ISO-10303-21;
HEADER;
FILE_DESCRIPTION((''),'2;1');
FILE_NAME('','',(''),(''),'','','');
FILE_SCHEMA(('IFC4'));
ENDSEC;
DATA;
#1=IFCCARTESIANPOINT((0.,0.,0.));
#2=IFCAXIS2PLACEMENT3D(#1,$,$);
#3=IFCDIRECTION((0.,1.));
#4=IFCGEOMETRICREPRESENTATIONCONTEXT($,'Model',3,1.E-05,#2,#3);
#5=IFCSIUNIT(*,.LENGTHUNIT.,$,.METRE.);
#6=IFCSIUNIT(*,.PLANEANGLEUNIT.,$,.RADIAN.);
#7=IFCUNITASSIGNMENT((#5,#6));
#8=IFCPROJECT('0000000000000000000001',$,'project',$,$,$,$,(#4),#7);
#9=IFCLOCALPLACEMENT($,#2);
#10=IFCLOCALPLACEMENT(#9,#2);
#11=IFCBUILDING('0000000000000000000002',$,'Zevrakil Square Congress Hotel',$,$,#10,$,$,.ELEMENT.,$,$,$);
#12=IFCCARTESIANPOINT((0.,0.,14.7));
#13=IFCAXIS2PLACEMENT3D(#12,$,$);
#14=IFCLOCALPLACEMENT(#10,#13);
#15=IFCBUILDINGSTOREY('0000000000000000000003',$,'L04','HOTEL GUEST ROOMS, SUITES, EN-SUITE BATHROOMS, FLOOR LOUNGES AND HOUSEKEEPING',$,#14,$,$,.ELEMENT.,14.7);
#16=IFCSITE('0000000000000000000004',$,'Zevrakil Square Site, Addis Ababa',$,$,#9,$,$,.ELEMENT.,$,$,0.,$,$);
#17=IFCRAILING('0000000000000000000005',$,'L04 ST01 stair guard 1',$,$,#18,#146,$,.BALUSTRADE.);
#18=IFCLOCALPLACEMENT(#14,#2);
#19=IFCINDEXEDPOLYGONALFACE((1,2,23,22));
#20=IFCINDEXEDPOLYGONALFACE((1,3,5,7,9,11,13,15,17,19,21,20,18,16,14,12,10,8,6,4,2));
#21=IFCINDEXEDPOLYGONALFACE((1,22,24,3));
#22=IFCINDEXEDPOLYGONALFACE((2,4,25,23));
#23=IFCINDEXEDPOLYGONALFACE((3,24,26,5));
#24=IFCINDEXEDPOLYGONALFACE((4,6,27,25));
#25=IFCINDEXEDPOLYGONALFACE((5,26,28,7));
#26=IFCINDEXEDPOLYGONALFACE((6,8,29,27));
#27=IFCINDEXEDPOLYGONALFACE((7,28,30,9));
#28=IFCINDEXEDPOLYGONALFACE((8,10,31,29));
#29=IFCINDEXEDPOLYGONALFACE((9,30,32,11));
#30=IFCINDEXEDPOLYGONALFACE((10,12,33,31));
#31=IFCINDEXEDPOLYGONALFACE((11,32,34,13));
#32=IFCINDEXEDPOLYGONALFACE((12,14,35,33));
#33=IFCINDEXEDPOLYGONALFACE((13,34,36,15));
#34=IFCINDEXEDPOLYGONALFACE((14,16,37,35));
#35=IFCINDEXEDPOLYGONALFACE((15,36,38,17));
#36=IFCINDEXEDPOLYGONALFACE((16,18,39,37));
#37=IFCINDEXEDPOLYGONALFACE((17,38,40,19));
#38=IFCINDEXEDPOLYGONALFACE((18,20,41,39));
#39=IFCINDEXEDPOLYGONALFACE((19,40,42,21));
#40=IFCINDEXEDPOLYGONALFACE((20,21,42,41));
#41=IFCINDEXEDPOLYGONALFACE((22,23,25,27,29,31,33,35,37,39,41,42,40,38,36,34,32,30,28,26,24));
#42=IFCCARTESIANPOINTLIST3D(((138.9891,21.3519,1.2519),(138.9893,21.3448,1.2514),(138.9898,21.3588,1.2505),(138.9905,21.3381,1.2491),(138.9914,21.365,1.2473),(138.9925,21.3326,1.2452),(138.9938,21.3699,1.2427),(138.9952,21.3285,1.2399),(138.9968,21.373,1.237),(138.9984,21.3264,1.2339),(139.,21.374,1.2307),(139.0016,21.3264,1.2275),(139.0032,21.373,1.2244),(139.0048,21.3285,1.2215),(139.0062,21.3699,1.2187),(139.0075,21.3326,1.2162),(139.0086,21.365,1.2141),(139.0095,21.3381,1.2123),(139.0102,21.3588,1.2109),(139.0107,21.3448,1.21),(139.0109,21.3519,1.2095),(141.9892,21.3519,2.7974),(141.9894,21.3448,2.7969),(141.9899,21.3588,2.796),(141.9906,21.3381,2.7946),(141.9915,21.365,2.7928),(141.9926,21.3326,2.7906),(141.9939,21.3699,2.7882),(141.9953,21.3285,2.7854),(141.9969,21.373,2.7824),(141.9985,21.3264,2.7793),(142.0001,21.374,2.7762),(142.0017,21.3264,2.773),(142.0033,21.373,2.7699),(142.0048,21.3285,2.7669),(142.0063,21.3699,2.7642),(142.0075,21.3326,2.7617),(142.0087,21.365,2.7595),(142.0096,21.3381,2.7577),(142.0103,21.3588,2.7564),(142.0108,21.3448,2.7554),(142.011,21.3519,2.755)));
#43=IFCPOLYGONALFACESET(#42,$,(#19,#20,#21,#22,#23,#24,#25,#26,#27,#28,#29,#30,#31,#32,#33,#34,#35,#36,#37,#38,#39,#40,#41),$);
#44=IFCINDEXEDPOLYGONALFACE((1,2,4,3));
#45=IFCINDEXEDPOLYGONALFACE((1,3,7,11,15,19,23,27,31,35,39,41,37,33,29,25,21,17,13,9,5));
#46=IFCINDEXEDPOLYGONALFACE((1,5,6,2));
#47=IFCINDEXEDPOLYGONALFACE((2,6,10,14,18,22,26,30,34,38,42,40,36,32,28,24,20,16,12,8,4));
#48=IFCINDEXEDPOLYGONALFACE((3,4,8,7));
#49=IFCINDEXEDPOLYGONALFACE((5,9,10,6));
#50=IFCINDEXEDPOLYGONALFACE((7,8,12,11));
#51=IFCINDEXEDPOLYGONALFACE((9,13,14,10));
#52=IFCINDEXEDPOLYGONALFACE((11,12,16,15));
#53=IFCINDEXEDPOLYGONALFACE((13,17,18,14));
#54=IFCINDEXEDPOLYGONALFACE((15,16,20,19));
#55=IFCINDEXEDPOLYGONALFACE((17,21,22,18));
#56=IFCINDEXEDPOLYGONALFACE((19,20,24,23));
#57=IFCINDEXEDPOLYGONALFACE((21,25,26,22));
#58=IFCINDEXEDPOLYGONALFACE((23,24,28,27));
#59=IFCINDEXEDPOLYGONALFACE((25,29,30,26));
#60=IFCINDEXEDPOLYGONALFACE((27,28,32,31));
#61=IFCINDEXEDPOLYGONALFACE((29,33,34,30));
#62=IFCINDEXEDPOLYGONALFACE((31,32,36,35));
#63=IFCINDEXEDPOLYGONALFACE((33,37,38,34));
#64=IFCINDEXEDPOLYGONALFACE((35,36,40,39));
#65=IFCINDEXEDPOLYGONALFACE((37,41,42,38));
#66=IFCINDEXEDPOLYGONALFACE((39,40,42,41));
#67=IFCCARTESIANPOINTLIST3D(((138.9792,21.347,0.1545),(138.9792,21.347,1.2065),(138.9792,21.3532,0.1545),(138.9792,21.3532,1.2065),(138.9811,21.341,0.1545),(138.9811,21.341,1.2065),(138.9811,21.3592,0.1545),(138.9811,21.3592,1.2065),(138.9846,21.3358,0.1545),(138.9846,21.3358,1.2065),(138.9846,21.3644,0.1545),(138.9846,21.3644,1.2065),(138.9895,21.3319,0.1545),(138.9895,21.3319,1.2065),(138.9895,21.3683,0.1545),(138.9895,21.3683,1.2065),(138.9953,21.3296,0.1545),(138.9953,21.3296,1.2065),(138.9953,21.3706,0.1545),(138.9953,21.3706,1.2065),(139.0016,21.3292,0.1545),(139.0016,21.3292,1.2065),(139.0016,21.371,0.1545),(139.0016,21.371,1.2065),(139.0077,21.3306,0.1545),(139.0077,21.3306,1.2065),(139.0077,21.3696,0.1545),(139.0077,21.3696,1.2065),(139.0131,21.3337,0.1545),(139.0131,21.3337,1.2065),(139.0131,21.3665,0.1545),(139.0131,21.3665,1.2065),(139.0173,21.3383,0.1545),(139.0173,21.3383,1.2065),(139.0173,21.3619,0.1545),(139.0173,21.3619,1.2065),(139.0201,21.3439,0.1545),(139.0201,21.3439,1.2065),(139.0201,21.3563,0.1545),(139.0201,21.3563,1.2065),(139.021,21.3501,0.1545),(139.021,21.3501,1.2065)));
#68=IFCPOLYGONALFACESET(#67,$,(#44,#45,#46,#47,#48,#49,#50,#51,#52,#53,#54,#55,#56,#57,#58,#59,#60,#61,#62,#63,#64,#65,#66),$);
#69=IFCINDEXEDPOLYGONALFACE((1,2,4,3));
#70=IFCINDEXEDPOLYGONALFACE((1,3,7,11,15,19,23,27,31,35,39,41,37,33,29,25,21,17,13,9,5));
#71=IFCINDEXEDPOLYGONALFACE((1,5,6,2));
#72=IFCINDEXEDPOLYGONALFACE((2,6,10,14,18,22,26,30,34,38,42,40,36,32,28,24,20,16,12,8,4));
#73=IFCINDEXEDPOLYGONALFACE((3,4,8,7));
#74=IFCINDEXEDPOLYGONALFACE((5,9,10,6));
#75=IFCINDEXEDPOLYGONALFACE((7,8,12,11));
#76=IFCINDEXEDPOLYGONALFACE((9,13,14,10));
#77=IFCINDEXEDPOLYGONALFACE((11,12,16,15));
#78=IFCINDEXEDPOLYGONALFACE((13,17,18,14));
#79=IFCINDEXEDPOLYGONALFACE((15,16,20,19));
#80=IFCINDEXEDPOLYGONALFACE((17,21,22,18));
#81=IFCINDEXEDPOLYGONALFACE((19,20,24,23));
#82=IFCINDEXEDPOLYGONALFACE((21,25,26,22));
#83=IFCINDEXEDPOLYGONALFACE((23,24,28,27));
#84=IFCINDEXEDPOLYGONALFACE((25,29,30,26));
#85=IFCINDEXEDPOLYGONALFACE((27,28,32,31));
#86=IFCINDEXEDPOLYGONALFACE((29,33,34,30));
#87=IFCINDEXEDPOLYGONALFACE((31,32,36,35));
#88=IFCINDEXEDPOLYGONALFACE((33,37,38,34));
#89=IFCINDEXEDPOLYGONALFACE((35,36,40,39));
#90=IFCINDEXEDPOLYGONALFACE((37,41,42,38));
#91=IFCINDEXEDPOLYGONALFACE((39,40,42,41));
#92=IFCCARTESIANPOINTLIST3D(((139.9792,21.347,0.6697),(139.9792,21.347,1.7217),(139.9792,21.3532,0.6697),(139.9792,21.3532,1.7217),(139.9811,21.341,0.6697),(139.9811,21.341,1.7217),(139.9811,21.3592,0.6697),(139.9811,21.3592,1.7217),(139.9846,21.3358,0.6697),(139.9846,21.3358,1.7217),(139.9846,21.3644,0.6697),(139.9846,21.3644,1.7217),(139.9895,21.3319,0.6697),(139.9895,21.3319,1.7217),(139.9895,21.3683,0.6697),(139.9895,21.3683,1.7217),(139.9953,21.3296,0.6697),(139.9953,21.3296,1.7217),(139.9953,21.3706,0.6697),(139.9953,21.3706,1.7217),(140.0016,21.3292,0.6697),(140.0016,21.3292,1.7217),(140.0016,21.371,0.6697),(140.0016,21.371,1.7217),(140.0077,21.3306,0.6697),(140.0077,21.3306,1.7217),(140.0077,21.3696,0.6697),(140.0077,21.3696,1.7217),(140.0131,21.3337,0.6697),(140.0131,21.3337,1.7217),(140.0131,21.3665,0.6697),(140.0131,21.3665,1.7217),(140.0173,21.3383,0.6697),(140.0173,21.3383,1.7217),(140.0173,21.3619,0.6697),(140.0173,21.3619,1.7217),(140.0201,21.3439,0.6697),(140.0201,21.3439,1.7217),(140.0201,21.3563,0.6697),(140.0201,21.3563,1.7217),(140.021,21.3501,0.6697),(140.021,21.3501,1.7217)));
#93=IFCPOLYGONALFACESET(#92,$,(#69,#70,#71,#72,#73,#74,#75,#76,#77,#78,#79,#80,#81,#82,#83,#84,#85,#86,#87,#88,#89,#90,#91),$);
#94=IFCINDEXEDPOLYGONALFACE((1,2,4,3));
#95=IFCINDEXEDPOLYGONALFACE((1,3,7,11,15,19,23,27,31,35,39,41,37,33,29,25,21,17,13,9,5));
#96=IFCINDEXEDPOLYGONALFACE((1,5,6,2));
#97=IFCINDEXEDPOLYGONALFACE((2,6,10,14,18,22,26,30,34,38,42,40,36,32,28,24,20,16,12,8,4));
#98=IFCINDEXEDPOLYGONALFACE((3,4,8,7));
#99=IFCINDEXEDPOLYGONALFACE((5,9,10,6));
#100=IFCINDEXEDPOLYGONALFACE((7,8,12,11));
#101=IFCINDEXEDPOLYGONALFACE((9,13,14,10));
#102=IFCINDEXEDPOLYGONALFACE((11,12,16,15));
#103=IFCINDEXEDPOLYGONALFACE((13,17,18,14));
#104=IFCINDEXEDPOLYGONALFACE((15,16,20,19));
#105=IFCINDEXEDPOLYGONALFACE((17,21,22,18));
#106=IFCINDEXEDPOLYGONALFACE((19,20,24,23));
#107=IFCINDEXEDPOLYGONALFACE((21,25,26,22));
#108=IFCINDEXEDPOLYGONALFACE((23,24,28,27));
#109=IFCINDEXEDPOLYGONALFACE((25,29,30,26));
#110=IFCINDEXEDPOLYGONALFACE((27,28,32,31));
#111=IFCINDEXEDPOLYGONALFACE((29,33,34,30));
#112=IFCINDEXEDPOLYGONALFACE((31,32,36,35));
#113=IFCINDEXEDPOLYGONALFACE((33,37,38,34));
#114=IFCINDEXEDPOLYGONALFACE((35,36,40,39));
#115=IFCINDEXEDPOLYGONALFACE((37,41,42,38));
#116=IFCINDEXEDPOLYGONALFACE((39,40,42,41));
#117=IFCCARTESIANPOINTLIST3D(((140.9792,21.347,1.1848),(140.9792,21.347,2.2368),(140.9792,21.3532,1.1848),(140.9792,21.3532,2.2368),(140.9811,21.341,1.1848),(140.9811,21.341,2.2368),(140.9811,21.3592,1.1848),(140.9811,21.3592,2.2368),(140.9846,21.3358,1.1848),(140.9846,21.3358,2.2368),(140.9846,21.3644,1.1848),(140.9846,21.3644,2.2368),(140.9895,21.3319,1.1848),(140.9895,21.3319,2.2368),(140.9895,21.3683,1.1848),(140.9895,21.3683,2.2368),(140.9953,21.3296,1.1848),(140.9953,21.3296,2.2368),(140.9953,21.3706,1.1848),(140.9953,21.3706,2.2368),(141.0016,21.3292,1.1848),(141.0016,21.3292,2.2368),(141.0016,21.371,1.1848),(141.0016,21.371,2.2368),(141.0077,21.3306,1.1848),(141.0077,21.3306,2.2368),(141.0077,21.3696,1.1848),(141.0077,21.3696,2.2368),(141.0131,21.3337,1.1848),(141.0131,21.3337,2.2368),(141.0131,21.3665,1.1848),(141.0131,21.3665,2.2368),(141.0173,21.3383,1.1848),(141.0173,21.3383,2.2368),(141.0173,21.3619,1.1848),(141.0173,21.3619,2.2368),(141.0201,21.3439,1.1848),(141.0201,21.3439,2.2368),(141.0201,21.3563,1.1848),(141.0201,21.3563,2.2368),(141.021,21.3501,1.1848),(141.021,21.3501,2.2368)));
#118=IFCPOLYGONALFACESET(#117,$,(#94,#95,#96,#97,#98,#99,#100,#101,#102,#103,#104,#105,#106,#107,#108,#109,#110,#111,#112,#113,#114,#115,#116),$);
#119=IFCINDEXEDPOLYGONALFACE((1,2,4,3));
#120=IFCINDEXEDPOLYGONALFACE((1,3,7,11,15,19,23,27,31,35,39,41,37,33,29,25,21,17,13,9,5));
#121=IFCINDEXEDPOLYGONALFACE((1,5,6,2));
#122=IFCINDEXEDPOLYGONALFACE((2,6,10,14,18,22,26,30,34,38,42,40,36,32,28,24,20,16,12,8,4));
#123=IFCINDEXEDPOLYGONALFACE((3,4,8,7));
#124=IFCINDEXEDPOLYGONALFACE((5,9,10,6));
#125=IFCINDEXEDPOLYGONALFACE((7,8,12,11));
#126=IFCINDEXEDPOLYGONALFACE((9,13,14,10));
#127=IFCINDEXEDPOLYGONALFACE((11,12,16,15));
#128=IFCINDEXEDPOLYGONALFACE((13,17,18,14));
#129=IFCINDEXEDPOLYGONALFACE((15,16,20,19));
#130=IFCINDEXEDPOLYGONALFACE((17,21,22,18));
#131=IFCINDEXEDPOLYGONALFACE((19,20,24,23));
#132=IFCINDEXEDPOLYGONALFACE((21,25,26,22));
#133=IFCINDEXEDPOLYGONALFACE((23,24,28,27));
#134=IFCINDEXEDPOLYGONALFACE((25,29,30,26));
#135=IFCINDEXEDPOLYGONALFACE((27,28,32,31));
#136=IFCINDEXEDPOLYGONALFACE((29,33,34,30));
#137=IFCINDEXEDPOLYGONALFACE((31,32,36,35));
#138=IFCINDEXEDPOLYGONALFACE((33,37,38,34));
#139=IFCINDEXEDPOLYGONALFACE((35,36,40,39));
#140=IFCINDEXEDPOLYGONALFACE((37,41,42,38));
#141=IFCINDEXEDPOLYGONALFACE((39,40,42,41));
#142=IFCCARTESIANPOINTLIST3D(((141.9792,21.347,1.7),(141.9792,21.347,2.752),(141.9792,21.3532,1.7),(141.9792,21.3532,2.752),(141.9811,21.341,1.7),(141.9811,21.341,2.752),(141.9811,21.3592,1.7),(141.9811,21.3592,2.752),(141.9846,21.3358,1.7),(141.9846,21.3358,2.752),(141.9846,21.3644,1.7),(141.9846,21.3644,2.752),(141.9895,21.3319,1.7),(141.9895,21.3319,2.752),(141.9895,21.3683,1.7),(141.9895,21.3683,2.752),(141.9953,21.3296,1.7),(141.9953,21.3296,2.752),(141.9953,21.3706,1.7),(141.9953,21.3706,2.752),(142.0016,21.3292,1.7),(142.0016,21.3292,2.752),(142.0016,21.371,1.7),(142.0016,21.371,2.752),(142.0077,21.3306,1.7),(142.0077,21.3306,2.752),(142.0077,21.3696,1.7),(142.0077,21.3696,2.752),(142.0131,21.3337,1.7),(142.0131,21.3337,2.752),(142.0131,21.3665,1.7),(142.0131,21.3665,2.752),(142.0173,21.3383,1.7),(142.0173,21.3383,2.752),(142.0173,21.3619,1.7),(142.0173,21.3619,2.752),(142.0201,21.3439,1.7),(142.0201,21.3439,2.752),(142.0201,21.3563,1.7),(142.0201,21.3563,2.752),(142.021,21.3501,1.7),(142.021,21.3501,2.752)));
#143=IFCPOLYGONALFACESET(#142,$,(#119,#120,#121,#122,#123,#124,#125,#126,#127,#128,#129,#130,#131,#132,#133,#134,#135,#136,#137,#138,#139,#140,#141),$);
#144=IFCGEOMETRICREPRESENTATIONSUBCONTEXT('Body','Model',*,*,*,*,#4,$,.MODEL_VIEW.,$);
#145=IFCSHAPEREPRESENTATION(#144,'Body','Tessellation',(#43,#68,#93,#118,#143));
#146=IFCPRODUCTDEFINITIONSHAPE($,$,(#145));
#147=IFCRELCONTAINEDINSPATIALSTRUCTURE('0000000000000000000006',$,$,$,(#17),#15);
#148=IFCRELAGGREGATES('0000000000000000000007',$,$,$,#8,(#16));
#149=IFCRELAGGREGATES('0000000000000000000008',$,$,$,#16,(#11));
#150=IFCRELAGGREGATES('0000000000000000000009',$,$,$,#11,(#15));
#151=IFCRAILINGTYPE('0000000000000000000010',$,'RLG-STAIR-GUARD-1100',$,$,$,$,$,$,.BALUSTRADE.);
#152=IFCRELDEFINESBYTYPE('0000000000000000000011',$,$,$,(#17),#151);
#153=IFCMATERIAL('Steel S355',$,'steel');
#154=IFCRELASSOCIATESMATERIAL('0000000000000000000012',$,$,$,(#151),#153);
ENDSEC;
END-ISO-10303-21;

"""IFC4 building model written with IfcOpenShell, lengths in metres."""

from ifc_helpers import new_model, si_unit, direction, frame, origin, origin_2d, place, context, subcontext, project, spatial, circle, extrude, material, type_object, element, save


model = new_model("IFC4")

# Units and contexts
model_context = context("Model", 3, precision=1e-05, world=origin(), true_north=direction((0.0, 1.0)))
body_context = subcontext(model_context, "Body", "Model", "MODEL_VIEW")
ifc_project = project(units=[si_unit("LENGTHUNIT", "METRE"), si_unit("PLANEANGLEUNIT", "RADIAN")], contexts=[model_context])

# Site, building, storey
site_placement = place(None, origin())
site = spatial("IfcSite", under=ifc_project, at=site_placement, Name="Zevrakil Square Site, Addis Ababa", CompositionType="ELEMENT", RefElevation=0.0)
building_placement = place(site_placement, origin())
building = spatial("IfcBuilding", under=site, at=building_placement, Name="Zevrakil Square Congress Hotel", CompositionType="ELEMENT")
storey_placement = place(building_placement, frame((0.0, 0.0, 14.7)))
storey = spatial("IfcBuildingStorey", under=building, at=storey_placement, Name="L04", Description="HOTEL GUEST ROOMS, SUITES, EN-SUITE BATHROOMS, FLOOR LOUNGES AND HOUSEKEEPING", CompositionType="ELEMENT", Elevation=14.7)

# Railing
ifc_material_1 = material(Name="Steel S355", Category="steel")
railing_type_1 = type_object("IfcRailingType", Name="RLG-STAIR-GUARD-1100", PredefinedType="BALUSTRADE", material=ifc_material_1)
railing_1_placement = place(storey_placement, frame((139.0, 21.3501, 0.1545)))
element("IfcRailing", 1, at=railing_1_placement, inside=storey, type_object=railing_type_1, Name="L04 ST01 stair guard 1", PredefinedType="BALUSTRADE", context=body_context, shape_type="SweptSolid", body=[
    extrude(circle(Radius=0.0239, at=origin_2d()), frame((0.0, 0.0, 1.0762), z_axis=(0.88898, 0.0, 0.457946), x_axis=(0.0, 1.0, 0.0)), (0.0, 0.0, 1.0), 3.3748),
    extrude(circle(Radius=0.021, at=origin_2d()), origin(), (0.0, 0.0, 1.0), 1.052),
    extrude(circle(Radius=0.021, at=origin_2d()), frame((1.0, 0.0, 0.5151)), (0.0, 0.0, 1.0), 1.052),
    extrude(circle(Radius=0.021, at=origin_2d()), frame((2.0, 0.0, 1.0303)), (0.0, 0.0, 1.0), 1.052),
    extrude(circle(Radius=0.021, at=origin_2d()), frame((3.0, 0.0, 1.5454)), (0.0, 0.0, 1.0), 1.052),
])

save(model, "model.ifc")
